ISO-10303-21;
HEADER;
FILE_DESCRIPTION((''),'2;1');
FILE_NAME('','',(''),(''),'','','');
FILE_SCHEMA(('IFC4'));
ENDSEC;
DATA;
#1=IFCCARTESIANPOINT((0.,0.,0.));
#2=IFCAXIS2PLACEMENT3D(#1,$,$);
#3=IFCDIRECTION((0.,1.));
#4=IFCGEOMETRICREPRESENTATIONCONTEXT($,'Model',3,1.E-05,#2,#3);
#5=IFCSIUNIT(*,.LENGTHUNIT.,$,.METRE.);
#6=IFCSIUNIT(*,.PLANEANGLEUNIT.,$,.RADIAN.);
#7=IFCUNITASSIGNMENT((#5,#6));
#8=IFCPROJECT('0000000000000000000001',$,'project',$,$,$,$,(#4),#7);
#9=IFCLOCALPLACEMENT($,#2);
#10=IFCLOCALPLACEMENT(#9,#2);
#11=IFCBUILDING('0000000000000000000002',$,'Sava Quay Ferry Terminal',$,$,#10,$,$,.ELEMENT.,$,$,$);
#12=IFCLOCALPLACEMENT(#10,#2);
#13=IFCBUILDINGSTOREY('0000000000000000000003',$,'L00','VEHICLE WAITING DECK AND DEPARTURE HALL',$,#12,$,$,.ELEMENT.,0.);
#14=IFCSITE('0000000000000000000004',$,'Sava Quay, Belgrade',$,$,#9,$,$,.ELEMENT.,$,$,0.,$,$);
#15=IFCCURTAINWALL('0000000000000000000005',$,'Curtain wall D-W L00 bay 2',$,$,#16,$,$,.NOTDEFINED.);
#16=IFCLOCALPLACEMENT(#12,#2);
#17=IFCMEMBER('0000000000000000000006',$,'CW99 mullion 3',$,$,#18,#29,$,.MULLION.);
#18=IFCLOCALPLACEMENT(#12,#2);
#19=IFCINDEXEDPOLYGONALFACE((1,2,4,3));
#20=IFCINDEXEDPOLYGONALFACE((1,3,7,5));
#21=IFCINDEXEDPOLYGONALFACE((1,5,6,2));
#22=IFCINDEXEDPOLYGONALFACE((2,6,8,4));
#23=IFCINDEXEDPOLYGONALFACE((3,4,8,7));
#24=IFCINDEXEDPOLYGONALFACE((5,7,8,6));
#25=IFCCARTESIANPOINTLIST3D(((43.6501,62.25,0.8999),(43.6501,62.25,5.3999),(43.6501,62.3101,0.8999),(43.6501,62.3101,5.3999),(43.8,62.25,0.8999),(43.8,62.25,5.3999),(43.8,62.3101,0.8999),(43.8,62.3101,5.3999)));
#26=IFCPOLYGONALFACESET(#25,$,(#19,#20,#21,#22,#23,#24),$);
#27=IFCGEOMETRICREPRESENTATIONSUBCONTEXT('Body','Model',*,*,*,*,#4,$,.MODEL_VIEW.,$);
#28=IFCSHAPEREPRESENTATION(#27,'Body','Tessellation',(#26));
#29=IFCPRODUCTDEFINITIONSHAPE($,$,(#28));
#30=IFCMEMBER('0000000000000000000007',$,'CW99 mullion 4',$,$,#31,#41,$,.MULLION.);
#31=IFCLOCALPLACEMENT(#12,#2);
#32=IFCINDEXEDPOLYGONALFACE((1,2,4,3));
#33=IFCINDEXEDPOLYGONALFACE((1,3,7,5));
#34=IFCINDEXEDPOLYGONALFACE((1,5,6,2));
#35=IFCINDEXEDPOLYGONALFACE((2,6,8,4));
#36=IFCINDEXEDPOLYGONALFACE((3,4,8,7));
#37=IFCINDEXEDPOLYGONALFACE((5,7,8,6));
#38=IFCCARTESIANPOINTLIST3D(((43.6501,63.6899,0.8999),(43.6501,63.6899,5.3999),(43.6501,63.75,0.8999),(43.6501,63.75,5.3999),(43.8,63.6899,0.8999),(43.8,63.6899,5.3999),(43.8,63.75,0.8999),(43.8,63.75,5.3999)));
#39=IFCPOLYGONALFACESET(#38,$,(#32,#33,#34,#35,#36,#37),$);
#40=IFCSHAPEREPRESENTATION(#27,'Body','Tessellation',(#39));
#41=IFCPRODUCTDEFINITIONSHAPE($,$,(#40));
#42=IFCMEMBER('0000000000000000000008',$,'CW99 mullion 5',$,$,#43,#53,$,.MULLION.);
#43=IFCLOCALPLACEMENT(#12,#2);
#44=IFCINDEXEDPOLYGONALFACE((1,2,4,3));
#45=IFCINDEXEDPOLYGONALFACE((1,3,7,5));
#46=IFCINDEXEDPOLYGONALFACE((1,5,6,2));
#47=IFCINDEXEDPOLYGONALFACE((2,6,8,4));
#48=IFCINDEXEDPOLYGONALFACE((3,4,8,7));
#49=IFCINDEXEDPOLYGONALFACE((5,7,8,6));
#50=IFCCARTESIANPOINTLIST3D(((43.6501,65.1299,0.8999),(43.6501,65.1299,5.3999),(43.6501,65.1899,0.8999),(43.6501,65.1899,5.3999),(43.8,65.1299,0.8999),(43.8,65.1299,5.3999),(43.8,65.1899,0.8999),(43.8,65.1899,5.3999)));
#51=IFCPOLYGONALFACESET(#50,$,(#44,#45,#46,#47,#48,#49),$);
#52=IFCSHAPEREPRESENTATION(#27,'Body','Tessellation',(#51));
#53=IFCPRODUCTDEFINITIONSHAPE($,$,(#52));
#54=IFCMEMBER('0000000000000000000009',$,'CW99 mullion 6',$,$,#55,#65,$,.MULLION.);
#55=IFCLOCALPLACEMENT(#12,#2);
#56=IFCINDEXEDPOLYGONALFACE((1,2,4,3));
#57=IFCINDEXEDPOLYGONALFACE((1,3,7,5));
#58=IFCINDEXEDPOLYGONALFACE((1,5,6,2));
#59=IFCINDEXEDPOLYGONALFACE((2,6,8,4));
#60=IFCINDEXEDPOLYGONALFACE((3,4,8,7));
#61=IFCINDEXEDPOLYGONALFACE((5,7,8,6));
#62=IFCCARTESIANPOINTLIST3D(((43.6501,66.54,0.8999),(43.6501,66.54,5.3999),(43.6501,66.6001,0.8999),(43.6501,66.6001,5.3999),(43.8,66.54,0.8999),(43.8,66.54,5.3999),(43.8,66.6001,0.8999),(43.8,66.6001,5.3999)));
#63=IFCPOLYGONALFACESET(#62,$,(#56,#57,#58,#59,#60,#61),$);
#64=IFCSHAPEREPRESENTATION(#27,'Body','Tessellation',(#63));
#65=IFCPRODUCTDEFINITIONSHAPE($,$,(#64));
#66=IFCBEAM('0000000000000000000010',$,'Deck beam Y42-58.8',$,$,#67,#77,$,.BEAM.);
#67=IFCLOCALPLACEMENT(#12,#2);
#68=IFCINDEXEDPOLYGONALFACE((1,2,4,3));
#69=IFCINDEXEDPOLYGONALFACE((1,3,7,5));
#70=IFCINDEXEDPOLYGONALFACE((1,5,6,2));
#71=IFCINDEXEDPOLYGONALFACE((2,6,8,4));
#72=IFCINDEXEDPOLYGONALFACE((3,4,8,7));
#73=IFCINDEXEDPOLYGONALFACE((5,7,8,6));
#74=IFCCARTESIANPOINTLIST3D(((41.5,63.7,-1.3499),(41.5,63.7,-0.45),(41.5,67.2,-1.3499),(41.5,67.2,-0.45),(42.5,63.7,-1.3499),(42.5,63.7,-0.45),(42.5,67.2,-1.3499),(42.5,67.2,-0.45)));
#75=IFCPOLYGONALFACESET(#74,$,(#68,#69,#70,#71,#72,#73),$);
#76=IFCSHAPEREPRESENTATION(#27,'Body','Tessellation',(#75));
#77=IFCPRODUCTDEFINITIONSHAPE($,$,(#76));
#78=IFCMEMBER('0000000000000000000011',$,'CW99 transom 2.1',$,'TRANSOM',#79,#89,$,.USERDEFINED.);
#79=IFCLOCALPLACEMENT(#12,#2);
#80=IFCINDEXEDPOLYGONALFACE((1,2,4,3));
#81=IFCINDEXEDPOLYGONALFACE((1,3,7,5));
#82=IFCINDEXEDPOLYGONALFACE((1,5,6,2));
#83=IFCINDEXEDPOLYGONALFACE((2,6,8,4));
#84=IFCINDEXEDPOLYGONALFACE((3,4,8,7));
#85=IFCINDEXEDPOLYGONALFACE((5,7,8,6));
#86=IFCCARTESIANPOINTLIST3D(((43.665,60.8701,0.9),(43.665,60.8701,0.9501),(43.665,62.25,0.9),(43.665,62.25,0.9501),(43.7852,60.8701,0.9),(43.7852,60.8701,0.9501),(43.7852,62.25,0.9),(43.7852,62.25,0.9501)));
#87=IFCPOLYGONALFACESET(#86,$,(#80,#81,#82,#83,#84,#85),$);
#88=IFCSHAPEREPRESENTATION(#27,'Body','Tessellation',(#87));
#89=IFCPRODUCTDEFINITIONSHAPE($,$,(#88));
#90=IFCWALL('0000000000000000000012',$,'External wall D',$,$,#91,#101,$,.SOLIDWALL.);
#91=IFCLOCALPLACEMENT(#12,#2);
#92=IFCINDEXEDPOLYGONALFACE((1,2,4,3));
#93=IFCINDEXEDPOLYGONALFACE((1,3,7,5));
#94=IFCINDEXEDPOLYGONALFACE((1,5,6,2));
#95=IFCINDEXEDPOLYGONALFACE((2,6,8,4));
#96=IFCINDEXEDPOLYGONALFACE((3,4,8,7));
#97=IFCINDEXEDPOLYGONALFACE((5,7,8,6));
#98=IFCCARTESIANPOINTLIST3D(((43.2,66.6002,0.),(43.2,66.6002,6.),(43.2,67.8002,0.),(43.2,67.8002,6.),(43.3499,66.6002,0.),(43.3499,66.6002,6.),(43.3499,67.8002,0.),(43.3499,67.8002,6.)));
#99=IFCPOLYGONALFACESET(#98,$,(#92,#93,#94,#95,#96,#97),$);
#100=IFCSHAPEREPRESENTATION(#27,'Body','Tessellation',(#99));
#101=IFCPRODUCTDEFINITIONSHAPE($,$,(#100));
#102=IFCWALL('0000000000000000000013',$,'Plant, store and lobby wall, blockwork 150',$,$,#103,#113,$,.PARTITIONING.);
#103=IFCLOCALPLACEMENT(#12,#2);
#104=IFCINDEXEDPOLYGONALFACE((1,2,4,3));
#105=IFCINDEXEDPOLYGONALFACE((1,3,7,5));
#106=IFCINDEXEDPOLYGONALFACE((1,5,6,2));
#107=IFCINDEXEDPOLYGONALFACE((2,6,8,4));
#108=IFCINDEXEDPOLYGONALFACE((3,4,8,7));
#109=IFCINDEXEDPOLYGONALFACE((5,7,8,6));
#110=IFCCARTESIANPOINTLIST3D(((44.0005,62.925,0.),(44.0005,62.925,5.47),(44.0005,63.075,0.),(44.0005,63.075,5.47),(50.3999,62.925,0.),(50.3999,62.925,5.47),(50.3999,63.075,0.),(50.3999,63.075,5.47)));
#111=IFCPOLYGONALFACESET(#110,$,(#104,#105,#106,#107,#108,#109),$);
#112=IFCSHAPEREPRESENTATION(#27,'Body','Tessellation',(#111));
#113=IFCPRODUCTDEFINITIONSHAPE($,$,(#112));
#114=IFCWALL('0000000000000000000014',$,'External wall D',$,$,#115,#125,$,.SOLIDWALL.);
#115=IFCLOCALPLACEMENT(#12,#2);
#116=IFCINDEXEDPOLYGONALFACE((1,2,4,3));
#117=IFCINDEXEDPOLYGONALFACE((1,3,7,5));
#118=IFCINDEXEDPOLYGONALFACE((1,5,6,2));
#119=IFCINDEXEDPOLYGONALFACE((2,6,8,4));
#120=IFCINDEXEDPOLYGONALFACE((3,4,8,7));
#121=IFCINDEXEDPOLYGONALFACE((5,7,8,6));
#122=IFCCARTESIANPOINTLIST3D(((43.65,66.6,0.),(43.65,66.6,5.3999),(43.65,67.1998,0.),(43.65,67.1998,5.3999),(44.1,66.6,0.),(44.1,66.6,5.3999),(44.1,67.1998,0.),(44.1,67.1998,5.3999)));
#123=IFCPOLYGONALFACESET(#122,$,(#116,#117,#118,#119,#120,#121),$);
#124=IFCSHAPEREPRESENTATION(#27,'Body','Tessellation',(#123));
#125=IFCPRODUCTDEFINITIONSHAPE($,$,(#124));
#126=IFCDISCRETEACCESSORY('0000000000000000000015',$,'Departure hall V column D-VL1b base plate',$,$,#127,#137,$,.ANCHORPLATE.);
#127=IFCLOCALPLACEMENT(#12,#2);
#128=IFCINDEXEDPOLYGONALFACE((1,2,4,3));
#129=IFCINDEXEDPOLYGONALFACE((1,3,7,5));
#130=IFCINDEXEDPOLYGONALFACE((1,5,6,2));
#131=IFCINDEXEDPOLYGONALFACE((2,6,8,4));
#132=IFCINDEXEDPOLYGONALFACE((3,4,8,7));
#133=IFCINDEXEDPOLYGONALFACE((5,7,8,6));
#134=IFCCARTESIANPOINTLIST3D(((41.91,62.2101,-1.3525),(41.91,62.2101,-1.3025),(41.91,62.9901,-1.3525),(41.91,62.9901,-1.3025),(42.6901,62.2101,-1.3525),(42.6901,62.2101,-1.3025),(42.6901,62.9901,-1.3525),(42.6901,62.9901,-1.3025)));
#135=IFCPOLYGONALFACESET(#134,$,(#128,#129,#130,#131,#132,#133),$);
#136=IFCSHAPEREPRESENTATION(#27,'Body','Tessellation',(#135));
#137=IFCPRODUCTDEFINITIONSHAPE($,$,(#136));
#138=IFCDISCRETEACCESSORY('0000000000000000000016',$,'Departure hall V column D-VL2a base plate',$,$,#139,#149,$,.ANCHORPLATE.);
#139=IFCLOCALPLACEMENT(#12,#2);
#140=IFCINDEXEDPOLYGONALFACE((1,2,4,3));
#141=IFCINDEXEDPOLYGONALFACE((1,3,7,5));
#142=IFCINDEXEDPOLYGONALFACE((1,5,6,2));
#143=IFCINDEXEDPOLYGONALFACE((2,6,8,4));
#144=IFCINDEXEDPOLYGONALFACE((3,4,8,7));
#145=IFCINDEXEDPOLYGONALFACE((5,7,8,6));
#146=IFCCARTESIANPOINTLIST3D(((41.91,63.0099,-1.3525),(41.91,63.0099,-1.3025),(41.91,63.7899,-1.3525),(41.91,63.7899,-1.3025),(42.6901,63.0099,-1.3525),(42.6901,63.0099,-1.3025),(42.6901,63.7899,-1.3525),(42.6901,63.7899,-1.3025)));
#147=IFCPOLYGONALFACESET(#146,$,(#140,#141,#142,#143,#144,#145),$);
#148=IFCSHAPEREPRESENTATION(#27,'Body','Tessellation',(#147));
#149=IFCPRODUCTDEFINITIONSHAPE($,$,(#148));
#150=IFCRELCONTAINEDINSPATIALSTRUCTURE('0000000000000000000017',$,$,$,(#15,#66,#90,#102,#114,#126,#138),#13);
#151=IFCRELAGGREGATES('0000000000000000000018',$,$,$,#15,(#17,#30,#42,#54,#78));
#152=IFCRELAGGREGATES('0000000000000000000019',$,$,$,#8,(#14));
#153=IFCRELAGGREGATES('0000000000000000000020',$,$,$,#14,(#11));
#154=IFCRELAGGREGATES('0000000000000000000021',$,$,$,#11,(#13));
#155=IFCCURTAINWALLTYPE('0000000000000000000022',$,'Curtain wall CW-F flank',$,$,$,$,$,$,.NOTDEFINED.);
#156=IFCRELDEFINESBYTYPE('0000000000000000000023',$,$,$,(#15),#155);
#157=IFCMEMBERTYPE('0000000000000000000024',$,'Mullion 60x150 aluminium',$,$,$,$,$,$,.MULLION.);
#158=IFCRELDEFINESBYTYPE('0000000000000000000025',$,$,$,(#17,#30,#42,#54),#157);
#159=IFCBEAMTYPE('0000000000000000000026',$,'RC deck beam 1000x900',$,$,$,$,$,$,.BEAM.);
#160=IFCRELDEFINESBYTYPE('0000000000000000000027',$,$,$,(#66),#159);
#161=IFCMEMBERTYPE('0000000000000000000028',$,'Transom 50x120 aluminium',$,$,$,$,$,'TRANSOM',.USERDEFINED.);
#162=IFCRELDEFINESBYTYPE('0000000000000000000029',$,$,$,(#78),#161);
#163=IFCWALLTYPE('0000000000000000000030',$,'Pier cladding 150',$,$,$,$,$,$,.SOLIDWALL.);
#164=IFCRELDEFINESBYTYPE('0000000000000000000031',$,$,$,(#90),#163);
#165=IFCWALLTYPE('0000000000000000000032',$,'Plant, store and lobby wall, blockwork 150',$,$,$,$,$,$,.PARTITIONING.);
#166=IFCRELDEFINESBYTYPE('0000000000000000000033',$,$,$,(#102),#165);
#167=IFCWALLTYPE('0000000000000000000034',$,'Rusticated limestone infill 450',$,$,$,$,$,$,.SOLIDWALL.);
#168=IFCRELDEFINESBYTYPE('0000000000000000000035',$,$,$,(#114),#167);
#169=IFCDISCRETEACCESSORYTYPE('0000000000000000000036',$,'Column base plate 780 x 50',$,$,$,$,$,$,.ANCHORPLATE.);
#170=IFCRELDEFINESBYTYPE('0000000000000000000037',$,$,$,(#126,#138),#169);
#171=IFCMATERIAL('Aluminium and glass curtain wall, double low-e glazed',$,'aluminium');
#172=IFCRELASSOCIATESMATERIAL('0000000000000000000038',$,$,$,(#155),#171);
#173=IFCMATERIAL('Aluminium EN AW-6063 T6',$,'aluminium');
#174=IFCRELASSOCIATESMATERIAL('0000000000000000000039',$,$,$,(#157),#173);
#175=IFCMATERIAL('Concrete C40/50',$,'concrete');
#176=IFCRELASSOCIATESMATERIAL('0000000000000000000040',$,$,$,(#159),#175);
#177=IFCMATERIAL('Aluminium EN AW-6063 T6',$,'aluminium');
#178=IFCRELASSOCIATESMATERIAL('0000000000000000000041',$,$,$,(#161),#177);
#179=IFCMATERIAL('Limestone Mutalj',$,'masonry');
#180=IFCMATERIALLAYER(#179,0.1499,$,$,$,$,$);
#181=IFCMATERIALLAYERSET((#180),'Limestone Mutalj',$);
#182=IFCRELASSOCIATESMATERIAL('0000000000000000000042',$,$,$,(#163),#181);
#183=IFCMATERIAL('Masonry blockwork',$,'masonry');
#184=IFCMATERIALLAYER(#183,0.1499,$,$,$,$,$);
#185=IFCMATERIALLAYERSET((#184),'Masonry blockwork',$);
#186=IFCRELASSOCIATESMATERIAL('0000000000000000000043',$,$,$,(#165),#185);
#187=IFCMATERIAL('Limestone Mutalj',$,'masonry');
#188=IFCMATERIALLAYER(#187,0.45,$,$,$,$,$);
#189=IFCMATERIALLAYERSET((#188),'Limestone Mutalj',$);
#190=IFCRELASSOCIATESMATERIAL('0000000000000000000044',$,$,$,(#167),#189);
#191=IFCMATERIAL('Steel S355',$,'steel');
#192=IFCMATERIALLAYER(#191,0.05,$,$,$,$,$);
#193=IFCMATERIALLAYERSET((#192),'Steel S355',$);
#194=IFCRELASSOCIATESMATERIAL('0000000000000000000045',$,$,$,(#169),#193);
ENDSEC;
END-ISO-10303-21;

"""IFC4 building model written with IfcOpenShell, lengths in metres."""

from ifc_helpers import new_model, si_unit, direction, frame, frame_2d, origin, origin_2d, place, context, subcontext, project, spatial, rectangle, extrude, material, layer, layer_set, material_profile, profile_set, type_object, element, aggregate, save


model = new_model("IFC4")

# Units and contexts
model_context = context("Model", 3, precision=1e-05, world=origin(), true_north=direction((0.0, 1.0)))
body_context = subcontext(model_context, "Body", "Model", "MODEL_VIEW")
ifc_project = project(units=[si_unit("LENGTHUNIT", "METRE"), si_unit("PLANEANGLEUNIT", "RADIAN")], contexts=[model_context])

# Site, building, storey
site_placement = place(None, origin())
site = spatial("IfcSite", under=ifc_project, at=site_placement, Name="Sava Quay, Belgrade", CompositionType="ELEMENT", RefElevation=0.0)
building_placement = place(site_placement, origin())
building = spatial("IfcBuilding", under=site, at=building_placement, Name="Sava Quay Ferry Terminal", CompositionType="ELEMENT")
storey_placement = place(building_placement, origin())
storey = spatial("IfcBuildingStorey", under=building, at=storey_placement, Name="L00", Description="VEHICLE WAITING DECK AND DEPARTURE HALL", CompositionType="ELEMENT", Elevation=0.0)

# Curtain wall, members
ifc_material_1 = material(Name="Aluminium and glass curtain wall, double low-e glazed", Category="aluminium")
curtain_wall_type = type_object("IfcCurtainWallType", Name="Curtain wall CW-F flank", PredefinedType="NOTDEFINED", material=ifc_material_1)
curtain_wall_placement = place(storey_placement, origin())
curtain_wall = element("IfcCurtainWall", 1, at=curtain_wall_placement, inside=storey, type_object=curtain_wall_type, Name="Curtain wall D-W L00 bay 2", PredefinedType="NOTDEFINED")
ifc_material_2 = material(Name="Aluminium EN AW-6063 T6", Category="aluminium")
ifc_material_profile_1 = material_profile(ifc_material_2, rectangle(XDim=0.1499, YDim=0.0601, at=origin_2d()), Name="Mullion 60x150 aluminium")
ifc_profile_set_1 = profile_set([ifc_material_profile_1], Name="Aluminium EN AW-6063 T6")
member_type_1 = type_object("IfcMemberType", Name="Mullion 60x150 aluminium", PredefinedType="MULLION", material=ifc_profile_set_1)
member_1_placement = place(storey_placement, frame((43.7251, 62.28, 0.8999), z_axis=(0.0, 0.0, 1.0), x_axis=(-1.0, 0.0, 0.0)))
member_1 = element("IfcMember", 2, at=member_1_placement, type_object=member_type_1, Name="CW99 mullion 3", PredefinedType="MULLION", context=body_context, shape_type="SweptSolid", body=[
    extrude(rectangle(XDim=0.1499, YDim=0.0601, at=origin_2d()), origin(), (0.0, 0.0, 1.0), 4.5),
])
member_2_placement = place(storey_placement, frame((43.7251, 63.72, 0.8999), z_axis=(0.0, 0.0, 1.0), x_axis=(-1.0, 0.0, 0.0)))
member_2 = element("IfcMember", 3, at=member_2_placement, type_object=member_type_1, Name="CW99 mullion 4", PredefinedType="MULLION", context=body_context, shape_type="SweptSolid", body=[
    extrude(rectangle(XDim=0.1499, YDim=0.0601, at=origin_2d()), origin(), (0.0, 0.0, 1.0), 4.5),
])
member_3_placement = place(storey_placement, frame((43.7251, 65.1599, 0.8999), z_axis=(0.0, 0.0, 1.0), x_axis=(-1.0, 0.0, 0.0)))
member_3 = element("IfcMember", 4, at=member_3_placement, type_object=member_type_1, Name="CW99 mullion 5", PredefinedType="MULLION", context=body_context, shape_type="SweptSolid", body=[
    extrude(rectangle(XDim=0.1499, YDim=0.0601, at=origin_2d()), origin(), (0.0, 0.0, 1.0), 4.5),
])
member_4_placement = place(storey_placement, frame((43.7251, 66.5701, 0.8999), z_axis=(0.0, 0.0, 1.0), x_axis=(-1.0, 0.0, 0.0)))
member_4 = element("IfcMember", 5, at=member_4_placement, type_object=member_type_1, Name="CW99 mullion 6", PredefinedType="MULLION", context=body_context, shape_type="SweptSolid", body=[
    extrude(rectangle(XDim=0.1499, YDim=0.0601, at=origin_2d()), origin(), (0.0, 0.0, 1.0), 4.5),
])

# Beam
ifc_material_3 = material(Name="Concrete C40/50", Category="concrete")
ifc_material_profile_2 = material_profile(ifc_material_3, rectangle(XDim=1.0, YDim=0.8999, at=origin_2d()), Name="RC 1000x900")
ifc_profile_set_2 = profile_set([ifc_material_profile_2], Name="Concrete C40/50")
beam_type = type_object("IfcBeamType", Name="RC deck beam 1000x900", PredefinedType="BEAM", material=ifc_profile_set_2)
beam_placement = place(storey_placement, frame((42.0, 63.7, -0.8999), z_axis=(0.0, 1.0, 0.0), x_axis=(-1.0, 0.0, 0.0)))
element("IfcBeam", 6, at=beam_placement, inside=storey, type_object=beam_type, Name="Deck beam Y42-58.8", PredefinedType="BEAM", context=body_context, shape_type="SweptSolid", body=[
    extrude(rectangle(XDim=1.0, YDim=0.8999, at=origin_2d()), origin(), (0.0, 0.0, 1.0), 3.5),
])

# Member
ifc_material_4 = material(Name="Aluminium EN AW-6063 T6", Category="aluminium")
ifc_material_profile_3 = material_profile(ifc_material_4, rectangle(XDim=0.1201, YDim=0.05, at=origin_2d()), Name="Transom 50x120 aluminium")
ifc_profile_set_3 = profile_set([ifc_material_profile_3], Name="Aluminium EN AW-6063 T6")
member_type_2 = type_object("IfcMemberType", Name="Transom 50x120 aluminium", ElementType="TRANSOM", PredefinedType="USERDEFINED", material=ifc_profile_set_3)
member_5_placement = place(storey_placement, frame((43.7251, 60.8701, 0.925), z_axis=(0.0, 1.0, 0.0), x_axis=(-1.0, 0.0, 0.0)))
member_5 = element("IfcMember", 7, at=member_5_placement, type_object=member_type_2, Name="CW99 transom 2.1", ObjectType="TRANSOM", PredefinedType="USERDEFINED", context=body_context, shape_type="SweptSolid", body=[
    extrude(rectangle(XDim=0.1201, YDim=0.05, at=origin_2d()), origin(), (0.0, 0.0, 1.0), 1.3799),
])
aggregate(curtain_wall, [member_1, member_2, member_3, member_4, member_5])

# Walls
ifc_material_5 = material(Name="Limestone Mutalj", Category="masonry")
ifc_layer_1 = layer(ifc_material_5, 0.1499)
ifc_layer_set_1 = layer_set([ifc_layer_1], Name="Limestone Mutalj")
wall_type_1 = type_object("IfcWallType", Name="Pier cladding 150", PredefinedType="SOLIDWALL", material=ifc_layer_set_1)
wall_1_placement = place(storey_placement, frame((43.2749, 66.6001, 0.0), z_axis=(0.0, 0.0, 1.0), x_axis=(0.0, 1.0, 0.0)))
element("IfcWall", 8, at=wall_1_placement, inside=storey, type_object=wall_type_1, Name="External wall D", PredefinedType="SOLIDWALL", context=body_context, shape_type="SweptSolid", body=[
    extrude(rectangle(XDim=1.2, YDim=0.1499, at=frame_2d((0.6001, 0.0))), origin(), (0.0, 0.0, 1.0), 6.0),
])
ifc_material_6 = material(Name="Masonry blockwork", Category="masonry")
ifc_layer_2 = layer(ifc_material_6, 0.1499)
ifc_layer_set_2 = layer_set([ifc_layer_2], Name="Masonry blockwork")
wall_type_2 = type_object("IfcWallType", Name="Plant, store and lobby wall, blockwork 150", PredefinedType="PARTITIONING", material=ifc_layer_set_2)
wall_2_placement = place(storey_placement, frame((44.0005, 63.0, 0.0), z_axis=(0.0, 0.0, 1.0), x_axis=(1.0, 0.0, 0.0)))
element("IfcWall", 9, at=wall_2_placement, inside=storey, type_object=wall_type_2, Name="Plant, store and lobby wall, blockwork 150", PredefinedType="PARTITIONING", context=body_context, shape_type="SweptSolid", body=[
    extrude(rectangle(XDim=6.3994, YDim=0.1499, at=frame_2d((3.1997, 0.0))), origin(), (0.0, 0.0, 1.0), 5.47),
])
ifc_material_7 = material(Name="Limestone Mutalj", Category="masonry")
ifc_layer_3 = layer(ifc_material_7, 0.45)
ifc_layer_set_3 = layer_set([ifc_layer_3], Name="Limestone Mutalj")
wall_type_3 = type_object("IfcWallType", Name="Rusticated limestone infill 450", PredefinedType="SOLIDWALL", material=ifc_layer_set_3)
wall_3_placement = place(storey_placement, frame((43.875, 66.6001, 0.0), z_axis=(0.0, 0.0, 1.0), x_axis=(0.0, 1.0, 0.0)))
element("IfcWall", 10, at=wall_3_placement, inside=storey, type_object=wall_type_3, Name="External wall D", PredefinedType="SOLIDWALL", context=body_context, shape_type="SweptSolid", body=[
    extrude(rectangle(XDim=0.5999, YDim=0.45, at=frame_2d((0.2998, 0.0))), origin(), (0.0, 0.0, 1.0), 5.3999),
])

# Discrete accessories
ifc_material_8 = material(Name="Steel S355", Category="steel")
ifc_layer_4 = layer(ifc_material_8, 0.05)
ifc_layer_set_4 = layer_set([ifc_layer_4], Name="Steel S355")
discrete_accessory_type = type_object("IfcDiscreteAccessoryType", Name="Column base plate 780 x 50", PredefinedType="ANCHORPLATE", material=ifc_layer_set_4)
for number, where, z_axis, x_axis, name in (
    (11, (42.3, 62.6001, -1.3525), (0.0, 0.0, 1.0), (1.0, 0.0, 0.0), "Departure hall V column D-VL1b base plate"),
    (12, (42.3, 63.3999, -1.3525), (0.0, 0.0, 1.0), (1.0, 0.0, 0.0), "Departure hall V column D-VL2a base plate"),
):
    element("IfcDiscreteAccessory", number, at=place(storey_placement, frame(where, z_axis=z_axis, x_axis=x_axis)), inside=storey, type_object=discrete_accessory_type, Name=name, PredefinedType="ANCHORPLATE", context=body_context, shape_type="SweptSolid", body=[
        extrude(rectangle(XDim=0.78, YDim=0.78, at=origin_2d()), origin(), (0.0, 0.0, 1.0), 0.05),
    ])

save(model, "model.ifc")
